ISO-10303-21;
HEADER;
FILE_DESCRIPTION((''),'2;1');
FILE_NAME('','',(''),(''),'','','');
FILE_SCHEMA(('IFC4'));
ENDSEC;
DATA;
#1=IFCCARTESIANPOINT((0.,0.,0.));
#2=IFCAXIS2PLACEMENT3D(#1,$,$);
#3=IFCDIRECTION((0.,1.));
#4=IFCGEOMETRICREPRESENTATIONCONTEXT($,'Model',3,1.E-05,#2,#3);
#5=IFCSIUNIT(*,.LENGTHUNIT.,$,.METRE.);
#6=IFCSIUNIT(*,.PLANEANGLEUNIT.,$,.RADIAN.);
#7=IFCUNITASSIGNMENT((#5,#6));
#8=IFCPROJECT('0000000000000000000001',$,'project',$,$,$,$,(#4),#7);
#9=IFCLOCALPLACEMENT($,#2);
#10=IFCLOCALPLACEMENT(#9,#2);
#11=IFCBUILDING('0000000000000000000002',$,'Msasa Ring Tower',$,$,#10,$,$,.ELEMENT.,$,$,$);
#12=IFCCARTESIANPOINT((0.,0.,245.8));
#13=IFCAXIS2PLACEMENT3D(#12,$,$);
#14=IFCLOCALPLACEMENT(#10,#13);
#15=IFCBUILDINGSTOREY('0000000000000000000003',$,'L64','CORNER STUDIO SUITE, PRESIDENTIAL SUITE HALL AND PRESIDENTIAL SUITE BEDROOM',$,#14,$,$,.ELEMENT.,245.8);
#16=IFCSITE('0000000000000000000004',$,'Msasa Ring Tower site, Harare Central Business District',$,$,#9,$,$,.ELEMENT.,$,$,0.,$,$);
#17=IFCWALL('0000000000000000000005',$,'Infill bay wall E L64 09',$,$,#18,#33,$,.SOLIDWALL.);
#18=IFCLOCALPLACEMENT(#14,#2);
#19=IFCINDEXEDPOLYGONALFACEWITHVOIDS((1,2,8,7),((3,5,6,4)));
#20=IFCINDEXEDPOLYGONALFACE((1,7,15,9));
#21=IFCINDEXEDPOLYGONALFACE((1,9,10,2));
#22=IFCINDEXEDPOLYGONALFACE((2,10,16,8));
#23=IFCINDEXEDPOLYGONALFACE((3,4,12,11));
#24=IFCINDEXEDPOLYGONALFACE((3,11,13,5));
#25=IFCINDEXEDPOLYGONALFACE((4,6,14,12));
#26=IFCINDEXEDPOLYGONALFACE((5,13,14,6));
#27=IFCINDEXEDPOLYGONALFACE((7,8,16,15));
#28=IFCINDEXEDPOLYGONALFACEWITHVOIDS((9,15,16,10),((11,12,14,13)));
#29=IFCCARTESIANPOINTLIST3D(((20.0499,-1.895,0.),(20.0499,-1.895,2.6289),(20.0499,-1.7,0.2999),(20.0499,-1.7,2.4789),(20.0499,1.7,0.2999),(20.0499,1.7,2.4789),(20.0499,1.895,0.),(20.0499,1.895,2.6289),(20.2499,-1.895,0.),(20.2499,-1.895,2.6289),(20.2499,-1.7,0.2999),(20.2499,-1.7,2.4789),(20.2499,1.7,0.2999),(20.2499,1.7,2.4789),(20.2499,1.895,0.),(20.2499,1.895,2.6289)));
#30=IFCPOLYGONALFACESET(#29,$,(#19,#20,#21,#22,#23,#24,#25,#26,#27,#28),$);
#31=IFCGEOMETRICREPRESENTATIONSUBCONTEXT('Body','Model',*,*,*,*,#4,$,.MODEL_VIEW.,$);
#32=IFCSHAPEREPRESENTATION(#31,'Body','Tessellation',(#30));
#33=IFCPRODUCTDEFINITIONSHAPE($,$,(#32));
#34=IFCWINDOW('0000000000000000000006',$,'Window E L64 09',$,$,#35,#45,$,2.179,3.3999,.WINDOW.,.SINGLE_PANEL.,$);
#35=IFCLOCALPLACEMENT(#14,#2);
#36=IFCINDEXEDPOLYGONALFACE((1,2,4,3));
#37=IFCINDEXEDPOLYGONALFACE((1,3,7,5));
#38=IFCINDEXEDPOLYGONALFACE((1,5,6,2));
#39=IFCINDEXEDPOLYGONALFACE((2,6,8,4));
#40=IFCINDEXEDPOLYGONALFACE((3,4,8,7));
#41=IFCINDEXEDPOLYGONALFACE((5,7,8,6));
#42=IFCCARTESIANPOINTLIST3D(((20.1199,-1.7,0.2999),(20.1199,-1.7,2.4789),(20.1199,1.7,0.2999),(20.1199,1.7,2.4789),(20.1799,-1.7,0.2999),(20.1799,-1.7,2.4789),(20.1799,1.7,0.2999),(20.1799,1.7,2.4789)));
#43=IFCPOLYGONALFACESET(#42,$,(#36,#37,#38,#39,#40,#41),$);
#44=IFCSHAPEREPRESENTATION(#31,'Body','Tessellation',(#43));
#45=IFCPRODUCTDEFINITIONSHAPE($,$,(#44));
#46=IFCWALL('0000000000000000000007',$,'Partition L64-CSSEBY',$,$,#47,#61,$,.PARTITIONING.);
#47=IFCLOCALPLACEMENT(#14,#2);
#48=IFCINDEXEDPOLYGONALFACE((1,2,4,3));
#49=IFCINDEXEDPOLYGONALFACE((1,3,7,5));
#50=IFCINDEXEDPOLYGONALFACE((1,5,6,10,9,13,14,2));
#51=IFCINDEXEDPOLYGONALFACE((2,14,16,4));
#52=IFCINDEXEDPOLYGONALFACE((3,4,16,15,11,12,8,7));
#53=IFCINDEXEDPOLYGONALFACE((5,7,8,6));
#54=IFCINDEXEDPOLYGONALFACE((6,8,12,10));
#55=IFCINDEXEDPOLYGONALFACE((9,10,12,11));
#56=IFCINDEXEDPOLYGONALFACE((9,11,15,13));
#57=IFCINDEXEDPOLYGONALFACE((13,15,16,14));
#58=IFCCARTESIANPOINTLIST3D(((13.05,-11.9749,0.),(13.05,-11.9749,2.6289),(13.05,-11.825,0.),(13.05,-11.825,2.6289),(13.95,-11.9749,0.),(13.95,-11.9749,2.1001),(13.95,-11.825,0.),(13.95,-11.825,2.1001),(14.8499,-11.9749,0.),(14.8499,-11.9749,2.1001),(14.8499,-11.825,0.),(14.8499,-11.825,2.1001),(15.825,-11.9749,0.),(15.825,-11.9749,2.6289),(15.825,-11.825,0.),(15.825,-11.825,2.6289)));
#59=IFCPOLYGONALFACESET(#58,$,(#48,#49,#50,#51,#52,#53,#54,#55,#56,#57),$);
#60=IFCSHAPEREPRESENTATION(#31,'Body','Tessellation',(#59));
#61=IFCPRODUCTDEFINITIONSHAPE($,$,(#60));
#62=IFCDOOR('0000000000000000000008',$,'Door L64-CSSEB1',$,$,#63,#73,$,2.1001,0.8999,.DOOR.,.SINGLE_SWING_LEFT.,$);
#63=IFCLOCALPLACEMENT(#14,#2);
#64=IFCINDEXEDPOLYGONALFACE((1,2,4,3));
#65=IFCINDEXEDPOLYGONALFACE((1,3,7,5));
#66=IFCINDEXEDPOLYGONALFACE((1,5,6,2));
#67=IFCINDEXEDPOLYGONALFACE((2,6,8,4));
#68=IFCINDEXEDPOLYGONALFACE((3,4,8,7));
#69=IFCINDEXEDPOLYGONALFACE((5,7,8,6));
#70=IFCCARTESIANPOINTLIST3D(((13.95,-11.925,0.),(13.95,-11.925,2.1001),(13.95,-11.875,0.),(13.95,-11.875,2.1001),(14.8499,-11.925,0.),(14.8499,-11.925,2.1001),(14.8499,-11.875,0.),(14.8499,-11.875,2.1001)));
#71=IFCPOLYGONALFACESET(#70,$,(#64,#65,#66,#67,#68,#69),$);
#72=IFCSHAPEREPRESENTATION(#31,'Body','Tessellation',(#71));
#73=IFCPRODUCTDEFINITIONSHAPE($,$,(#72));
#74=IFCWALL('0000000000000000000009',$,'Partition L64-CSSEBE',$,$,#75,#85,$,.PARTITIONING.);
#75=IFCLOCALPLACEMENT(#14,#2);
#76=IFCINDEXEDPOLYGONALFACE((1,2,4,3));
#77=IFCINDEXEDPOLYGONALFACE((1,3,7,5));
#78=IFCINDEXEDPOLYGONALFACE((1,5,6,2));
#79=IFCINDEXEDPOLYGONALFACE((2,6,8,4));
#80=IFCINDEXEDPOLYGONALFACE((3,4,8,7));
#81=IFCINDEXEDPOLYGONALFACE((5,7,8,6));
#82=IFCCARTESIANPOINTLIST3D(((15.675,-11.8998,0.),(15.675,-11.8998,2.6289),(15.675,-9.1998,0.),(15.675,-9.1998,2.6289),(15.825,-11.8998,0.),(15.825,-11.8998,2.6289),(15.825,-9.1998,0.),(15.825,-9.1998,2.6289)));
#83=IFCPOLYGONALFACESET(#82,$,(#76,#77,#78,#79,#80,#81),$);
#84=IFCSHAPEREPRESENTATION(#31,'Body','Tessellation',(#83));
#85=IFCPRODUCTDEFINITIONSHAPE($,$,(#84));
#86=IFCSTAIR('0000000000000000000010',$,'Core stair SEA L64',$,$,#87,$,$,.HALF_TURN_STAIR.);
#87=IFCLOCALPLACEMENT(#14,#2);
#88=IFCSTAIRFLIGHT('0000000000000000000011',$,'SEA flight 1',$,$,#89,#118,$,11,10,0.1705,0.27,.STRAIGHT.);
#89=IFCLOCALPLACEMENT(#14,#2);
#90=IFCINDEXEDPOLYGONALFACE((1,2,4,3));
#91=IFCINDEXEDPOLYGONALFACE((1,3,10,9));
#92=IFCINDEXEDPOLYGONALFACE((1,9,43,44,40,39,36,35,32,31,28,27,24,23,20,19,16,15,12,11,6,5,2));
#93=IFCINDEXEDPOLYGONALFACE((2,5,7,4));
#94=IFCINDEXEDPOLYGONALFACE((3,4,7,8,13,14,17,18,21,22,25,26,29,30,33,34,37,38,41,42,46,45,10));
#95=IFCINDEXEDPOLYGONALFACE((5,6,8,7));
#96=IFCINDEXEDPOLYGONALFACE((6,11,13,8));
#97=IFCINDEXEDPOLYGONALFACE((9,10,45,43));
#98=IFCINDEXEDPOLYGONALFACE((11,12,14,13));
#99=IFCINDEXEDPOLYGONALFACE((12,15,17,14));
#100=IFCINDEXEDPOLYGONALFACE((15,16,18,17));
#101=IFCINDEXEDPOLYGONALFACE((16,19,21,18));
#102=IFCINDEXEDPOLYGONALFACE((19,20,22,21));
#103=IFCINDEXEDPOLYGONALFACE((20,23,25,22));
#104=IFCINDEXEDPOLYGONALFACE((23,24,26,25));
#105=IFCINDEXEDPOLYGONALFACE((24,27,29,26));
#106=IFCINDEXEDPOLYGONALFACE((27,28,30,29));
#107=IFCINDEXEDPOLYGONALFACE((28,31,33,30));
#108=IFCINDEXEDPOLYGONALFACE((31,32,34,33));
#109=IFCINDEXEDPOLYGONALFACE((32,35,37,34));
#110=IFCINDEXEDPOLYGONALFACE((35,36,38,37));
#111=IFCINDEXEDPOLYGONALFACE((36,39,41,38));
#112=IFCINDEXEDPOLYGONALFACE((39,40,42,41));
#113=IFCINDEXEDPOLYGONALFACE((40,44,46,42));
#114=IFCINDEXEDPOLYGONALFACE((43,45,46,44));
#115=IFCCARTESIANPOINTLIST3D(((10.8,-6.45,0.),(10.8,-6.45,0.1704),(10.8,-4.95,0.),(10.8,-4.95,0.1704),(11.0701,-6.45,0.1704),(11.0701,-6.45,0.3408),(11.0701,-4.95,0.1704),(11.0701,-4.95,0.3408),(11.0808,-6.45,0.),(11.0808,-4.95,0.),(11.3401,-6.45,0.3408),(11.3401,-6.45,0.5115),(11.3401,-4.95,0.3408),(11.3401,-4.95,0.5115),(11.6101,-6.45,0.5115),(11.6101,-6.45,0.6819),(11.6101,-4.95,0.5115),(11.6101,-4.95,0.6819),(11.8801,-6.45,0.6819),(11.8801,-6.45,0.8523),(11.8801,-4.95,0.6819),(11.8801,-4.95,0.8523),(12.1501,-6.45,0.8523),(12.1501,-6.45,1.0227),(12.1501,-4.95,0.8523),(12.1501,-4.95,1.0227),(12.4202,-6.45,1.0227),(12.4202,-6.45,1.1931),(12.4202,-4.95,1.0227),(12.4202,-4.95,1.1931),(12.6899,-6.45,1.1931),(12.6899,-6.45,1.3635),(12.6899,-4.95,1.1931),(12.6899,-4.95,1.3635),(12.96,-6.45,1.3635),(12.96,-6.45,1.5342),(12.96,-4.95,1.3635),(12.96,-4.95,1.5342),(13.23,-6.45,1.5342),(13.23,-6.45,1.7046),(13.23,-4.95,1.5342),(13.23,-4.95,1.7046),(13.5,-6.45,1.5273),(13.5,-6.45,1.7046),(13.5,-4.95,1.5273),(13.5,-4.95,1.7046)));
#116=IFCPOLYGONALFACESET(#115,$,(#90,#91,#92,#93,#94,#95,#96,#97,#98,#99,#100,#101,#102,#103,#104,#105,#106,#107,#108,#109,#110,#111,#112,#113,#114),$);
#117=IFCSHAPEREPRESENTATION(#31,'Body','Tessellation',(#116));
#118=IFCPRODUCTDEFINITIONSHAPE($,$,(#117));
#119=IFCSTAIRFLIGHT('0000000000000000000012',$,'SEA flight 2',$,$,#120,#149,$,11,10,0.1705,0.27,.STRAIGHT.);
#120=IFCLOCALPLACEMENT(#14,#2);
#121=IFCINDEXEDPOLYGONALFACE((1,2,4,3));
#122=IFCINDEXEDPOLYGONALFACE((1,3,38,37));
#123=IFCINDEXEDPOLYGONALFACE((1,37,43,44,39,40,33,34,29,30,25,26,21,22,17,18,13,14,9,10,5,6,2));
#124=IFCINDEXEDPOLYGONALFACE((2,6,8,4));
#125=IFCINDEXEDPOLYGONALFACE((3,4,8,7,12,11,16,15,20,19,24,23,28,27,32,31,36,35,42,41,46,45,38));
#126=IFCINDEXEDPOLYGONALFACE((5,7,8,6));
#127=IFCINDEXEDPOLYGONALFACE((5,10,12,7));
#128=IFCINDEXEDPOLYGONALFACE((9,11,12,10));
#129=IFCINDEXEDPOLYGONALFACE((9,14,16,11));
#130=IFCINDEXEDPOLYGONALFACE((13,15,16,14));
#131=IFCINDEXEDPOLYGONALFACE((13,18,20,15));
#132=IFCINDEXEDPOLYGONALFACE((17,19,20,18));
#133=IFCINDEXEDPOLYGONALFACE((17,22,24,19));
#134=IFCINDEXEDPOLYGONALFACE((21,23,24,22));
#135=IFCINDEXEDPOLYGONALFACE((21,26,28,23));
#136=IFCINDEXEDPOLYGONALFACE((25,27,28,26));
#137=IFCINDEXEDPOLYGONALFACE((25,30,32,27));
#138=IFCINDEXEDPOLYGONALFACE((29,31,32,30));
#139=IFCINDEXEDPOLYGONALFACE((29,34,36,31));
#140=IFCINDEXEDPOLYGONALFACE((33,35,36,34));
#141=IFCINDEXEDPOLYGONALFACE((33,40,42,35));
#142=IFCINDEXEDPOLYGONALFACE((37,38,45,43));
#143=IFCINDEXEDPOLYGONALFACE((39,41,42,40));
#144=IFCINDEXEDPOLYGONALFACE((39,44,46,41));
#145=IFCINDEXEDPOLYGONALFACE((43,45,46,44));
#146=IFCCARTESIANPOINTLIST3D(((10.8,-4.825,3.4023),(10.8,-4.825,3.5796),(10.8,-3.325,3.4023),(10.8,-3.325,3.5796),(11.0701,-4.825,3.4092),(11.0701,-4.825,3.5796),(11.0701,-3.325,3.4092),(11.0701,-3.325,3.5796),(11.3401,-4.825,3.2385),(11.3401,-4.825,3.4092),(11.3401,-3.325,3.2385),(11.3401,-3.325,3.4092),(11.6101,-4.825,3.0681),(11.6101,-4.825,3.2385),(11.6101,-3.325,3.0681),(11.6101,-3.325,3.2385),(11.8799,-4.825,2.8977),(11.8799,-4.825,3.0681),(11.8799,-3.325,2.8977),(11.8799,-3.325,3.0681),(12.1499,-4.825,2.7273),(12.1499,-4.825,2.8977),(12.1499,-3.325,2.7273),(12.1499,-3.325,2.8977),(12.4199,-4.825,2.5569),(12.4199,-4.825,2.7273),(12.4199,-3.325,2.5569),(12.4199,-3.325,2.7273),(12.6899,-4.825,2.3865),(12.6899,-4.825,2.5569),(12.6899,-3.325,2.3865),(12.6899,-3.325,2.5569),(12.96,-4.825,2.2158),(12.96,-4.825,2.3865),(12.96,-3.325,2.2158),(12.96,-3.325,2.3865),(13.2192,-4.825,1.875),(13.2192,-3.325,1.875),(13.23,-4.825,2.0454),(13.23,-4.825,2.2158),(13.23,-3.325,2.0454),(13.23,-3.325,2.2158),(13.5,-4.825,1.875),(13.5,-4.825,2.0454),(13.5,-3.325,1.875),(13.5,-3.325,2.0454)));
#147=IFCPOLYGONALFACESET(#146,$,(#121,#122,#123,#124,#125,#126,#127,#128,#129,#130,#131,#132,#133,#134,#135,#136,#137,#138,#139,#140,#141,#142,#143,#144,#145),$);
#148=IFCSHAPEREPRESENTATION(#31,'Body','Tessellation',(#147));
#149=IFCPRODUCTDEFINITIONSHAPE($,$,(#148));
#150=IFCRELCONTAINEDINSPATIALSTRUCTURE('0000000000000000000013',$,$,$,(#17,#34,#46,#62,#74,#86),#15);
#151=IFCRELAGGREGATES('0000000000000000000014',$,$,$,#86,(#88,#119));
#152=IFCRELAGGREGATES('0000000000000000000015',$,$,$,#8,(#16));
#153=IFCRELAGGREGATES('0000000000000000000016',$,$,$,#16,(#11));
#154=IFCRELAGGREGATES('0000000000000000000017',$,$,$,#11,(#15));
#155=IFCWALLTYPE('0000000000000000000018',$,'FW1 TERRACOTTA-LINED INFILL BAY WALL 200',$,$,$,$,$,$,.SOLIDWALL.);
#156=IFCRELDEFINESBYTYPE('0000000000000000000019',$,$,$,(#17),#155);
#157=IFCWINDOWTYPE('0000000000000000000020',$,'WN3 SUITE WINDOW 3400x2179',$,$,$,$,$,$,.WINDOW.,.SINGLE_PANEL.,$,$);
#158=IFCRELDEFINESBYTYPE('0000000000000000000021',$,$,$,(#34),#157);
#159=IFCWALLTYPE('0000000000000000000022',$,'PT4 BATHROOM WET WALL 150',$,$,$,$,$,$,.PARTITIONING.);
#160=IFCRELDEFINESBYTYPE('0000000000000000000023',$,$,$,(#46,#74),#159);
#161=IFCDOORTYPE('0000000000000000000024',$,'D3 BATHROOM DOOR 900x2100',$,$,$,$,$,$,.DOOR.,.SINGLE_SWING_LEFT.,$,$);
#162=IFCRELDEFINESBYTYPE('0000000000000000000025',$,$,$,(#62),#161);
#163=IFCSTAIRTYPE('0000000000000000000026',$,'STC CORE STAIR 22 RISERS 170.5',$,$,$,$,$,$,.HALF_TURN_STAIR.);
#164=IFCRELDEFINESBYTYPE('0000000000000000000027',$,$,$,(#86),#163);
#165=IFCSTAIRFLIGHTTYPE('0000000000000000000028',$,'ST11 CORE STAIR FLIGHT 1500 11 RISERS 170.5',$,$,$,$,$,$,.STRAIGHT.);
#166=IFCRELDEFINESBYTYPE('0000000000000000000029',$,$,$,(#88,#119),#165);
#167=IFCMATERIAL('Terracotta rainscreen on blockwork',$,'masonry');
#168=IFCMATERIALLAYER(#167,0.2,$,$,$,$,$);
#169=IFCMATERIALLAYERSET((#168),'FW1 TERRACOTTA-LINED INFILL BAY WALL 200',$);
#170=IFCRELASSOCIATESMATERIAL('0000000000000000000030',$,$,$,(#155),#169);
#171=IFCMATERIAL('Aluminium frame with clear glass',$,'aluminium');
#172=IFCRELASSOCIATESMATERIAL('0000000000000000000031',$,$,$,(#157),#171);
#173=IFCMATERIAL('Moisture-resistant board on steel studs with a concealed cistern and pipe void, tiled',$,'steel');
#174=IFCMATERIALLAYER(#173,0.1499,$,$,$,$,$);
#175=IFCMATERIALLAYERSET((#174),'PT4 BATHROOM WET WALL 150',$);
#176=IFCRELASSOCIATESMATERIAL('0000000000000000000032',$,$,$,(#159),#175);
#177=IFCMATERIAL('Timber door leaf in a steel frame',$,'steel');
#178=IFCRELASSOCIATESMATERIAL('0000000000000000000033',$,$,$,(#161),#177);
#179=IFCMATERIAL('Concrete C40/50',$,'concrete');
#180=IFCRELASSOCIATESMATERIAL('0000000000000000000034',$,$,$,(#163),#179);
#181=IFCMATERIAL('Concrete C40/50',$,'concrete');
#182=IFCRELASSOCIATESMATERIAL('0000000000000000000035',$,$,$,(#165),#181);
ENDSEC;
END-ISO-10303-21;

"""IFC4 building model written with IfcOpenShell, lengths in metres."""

from ifc_helpers import new_model, si_unit, direction, frame, frame_2d, origin, place, context, subcontext, project, spatial, polyline, rectangle, outline, extrude, material, layer, layer_set, type_object, element, fill, aggregate, save


model = new_model("IFC4")

# Units and contexts
model_context = context("Model", 3, precision=1e-05, world=origin(), true_north=direction((0.0, 1.0)))
body_context = subcontext(model_context, "Body", "Model", "MODEL_VIEW")
ifc_project = project(units=[si_unit("LENGTHUNIT", "METRE"), si_unit("PLANEANGLEUNIT", "RADIAN")], contexts=[model_context])

# Site, building, storey
site_placement = place(None, origin())
site = spatial("IfcSite", under=ifc_project, at=site_placement, Name="Msasa Ring Tower site, Harare Central Business District", CompositionType="ELEMENT", RefElevation=0.0)
building_placement = place(site_placement, origin())
building = spatial("IfcBuilding", under=site, at=building_placement, Name="Msasa Ring Tower", CompositionType="ELEMENT")
storey_placement = place(building_placement, frame((0.0, 0.0, 245.8)))
storey = spatial("IfcBuildingStorey", under=building, at=storey_placement, Name="L64", Description="CORNER STUDIO SUITE, PRESIDENTIAL SUITE HALL AND PRESIDENTIAL SUITE BEDROOM", CompositionType="ELEMENT", Elevation=245.8)

# Wall, opening, window
ifc_material_1 = material(Name="Terracotta rainscreen on blockwork", Category="masonry")
ifc_layer_1 = layer(ifc_material_1, 0.2)
ifc_layer_set_1 = layer_set([ifc_layer_1], Name="FW1 TERRACOTTA-LINED INFILL BAY WALL 200")
wall_type_1 = type_object("IfcWallType", Name="FW1 TERRACOTTA-LINED INFILL BAY WALL 200", PredefinedType="SOLIDWALL", material=ifc_layer_set_1)
ifc_material_2 = material(Name="Aluminium frame with clear glass", Category="aluminium")
window_type = type_object("IfcWindowType", Name="WN3 SUITE WINDOW 3400x2179", PartitioningType="SINGLE_PANEL", PredefinedType="WINDOW", material=ifc_material_2)
wall_1_placement = place(storey_placement, frame((20.1499, -1.895, 0.0), z_axis=(0.0, 0.0, 1.0), x_axis=(0.0, 1.0, 0.0)))
wall_1 = element("IfcWall", 1, at=wall_1_placement, inside=storey, type_object=wall_type_1, Name="Infill bay wall E L64 09", PredefinedType="SOLIDWALL", context=body_context, shape_type="SweptSolid", body=[
    extrude(rectangle(XDim=3.79, YDim=0.2, at=frame_2d((1.895, 0.0))), origin(), (0.0, 0.0, 1.0), 2.6289),
])
opening_1_placement = place(wall_1_placement, frame((0.1951, 0.0, 0.3)))
opening_1 = element("IfcOpeningElement", 2, at=opening_1_placement, cuts=wall_1, PredefinedType="OPENING", context=body_context, shape_type="SweptSolid", body=[
    extrude(rectangle(XDim=3.3999, YDim=2.179, at=frame_2d((1.7, 1.0894))), frame((0.0, 0.1099, 0.0), z_axis=(0.0, -1.0, 0.0), x_axis=(1.0, 0.0, 0.0)), (0.0, 0.0, 1.0), 0.22),
])
window_1_placement = place(opening_1_placement, origin())
window_1 = element("IfcWindow", 3, at=window_1_placement, inside=storey, type_object=window_type, Name="Window E L64 09", OverallHeight=2.179, OverallWidth=3.3999, PartitioningType="SINGLE_PANEL", PredefinedType="WINDOW", context=body_context, shape_type="SweptSolid", body=[
    extrude(rectangle(XDim=3.3999, YDim=2.179, at=frame_2d((1.7, 1.0894))), frame((0.0, 0.03, 0.0), z_axis=(0.0, -1.0, 0.0), x_axis=(1.0, 0.0, 0.0)), (0.0, 0.0, 1.0), 0.0601),
])
fill(opening_1, window_1)

# Wall, opening, door
ifc_material_3 = material(Name="Moisture-resistant board on steel studs with a concealed cistern and pipe void, tiled", Category="steel")
ifc_layer_2 = layer(ifc_material_3, 0.1499)
ifc_layer_set_2 = layer_set([ifc_layer_2], Name="PT4 BATHROOM WET WALL 150")
wall_type_2 = type_object("IfcWallType", Name="PT4 BATHROOM WET WALL 150", PredefinedType="PARTITIONING", material=ifc_layer_set_2)
wall_2_placement = place(storey_placement, frame((13.05, -11.8999, 0.0), z_axis=(0.0, 0.0, 1.0), x_axis=(1.0, 0.0, 0.0)))
wall_2 = element("IfcWall", 4, at=wall_2_placement, inside=storey, type_object=wall_type_2, Name="Partition L64-CSSEBY", PredefinedType="PARTITIONING", context=body_context, shape_type="SweptSolid", body=[
    extrude(rectangle(XDim=2.7749, YDim=0.1499, at=frame_2d((1.3875, 0.0))), origin(), (0.0, 0.0, 1.0), 2.6289),
])
opening_2_placement = place(wall_2_placement, frame((0.8999, 0.0, 0.0)))
opening_2 = element("IfcOpeningElement", 5, at=opening_2_placement, cuts=wall_2, PredefinedType="OPENING", context=body_context, shape_type="SweptSolid", body=[
    extrude(rectangle(XDim=0.8999, YDim=2.1001, at=frame_2d((0.45, 1.05))), frame((0.0, 0.085, 0.0), z_axis=(0.0, -1.0, 0.0), x_axis=(1.0, 0.0, 0.0)), (0.0, 0.0, 1.0), 0.1699),
])
ifc_material_4 = material(Name="Timber door leaf in a steel frame", Category="steel")
door_type_1 = type_object("IfcDoorType", Name="D3 BATHROOM DOOR 900x2100", OperationType="SINGLE_SWING_LEFT", PredefinedType="DOOR", material=ifc_material_4)
door_1_placement = place(opening_2_placement, origin())
door_1 = element("IfcDoor", 6, at=door_1_placement, inside=storey, type_object=door_type_1, Name="Door L64-CSSEB1", OperationType="SINGLE_SWING_LEFT", OverallHeight=2.1001, OverallWidth=0.8999, PredefinedType="DOOR", context=body_context, shape_type="SweptSolid", body=[
    extrude(rectangle(XDim=0.8999, YDim=2.1001, at=frame_2d((0.45, 1.05))), frame((0.0, 0.0249, 0.0), z_axis=(0.0, -1.0, 0.0), x_axis=(1.0, 0.0, 0.0)), (0.0, 0.0, 1.0), 0.05),
])
fill(opening_2, door_1)

# Wall
wall_3_placement = place(storey_placement, frame((15.75, -11.8999, 0.0), z_axis=(0.0, 0.0, 1.0), x_axis=(0.0, 1.0, 0.0)))
element("IfcWall", 7, at=wall_3_placement, inside=storey, type_object=wall_type_2, Name="Partition L64-CSSEBE", PredefinedType="PARTITIONING", context=body_context, shape_type="SweptSolid", body=[
    extrude(rectangle(XDim=2.7, YDim=0.1499, at=frame_2d((1.3501, 0.0))), origin(), (0.0, 0.0, 1.0), 2.6289),
])

# Stair, stair flights
ifc_material_5 = material(Name="Concrete C40/50", Category="concrete")
stair_type = type_object("IfcStairType", Name="STC CORE STAIR 22 RISERS 170.5", PredefinedType="HALF_TURN_STAIR", material=ifc_material_5)
stair_placement = place(storey_placement, origin())
stair = element("IfcStair", 8, at=stair_placement, inside=storey, type_object=stair_type, Name="Core stair SEA L64", PredefinedType="HALF_TURN_STAIR")
ifc_material_6 = material(Name="Concrete C40/50", Category="concrete")
stair_flight_type = type_object("IfcStairFlightType", Name="ST11 CORE STAIR FLIGHT 1500 11 RISERS 170.5", PredefinedType="STRAIGHT", material=ifc_material_6)
stair_flight_1_placement = place(storey_placement, frame((10.8, -5.7, 0.0), z_axis=(0.0, 0.0, 1.0), x_axis=(1.0, 0.0, 0.0)))
stair_flight_1 = element("IfcStairFlight", 9, at=stair_flight_1_placement, type_object=stair_flight_type, Name="SEA flight 1", NumberOfRisers=11, NumberOfTreads=10, PredefinedType="STRAIGHT", RiserHeight=0.1705, TreadLength=0.27, context=body_context, shape_type="SweptSolid", body=[
    extrude(outline(polyline([(0.0, 0.0), (0.0, 0.1704), (0.27, 0.1704), (0.27, 0.3408), (0.54, 0.3408), (0.54, 0.5115), (0.8101, 0.5115), (0.8101, 0.6819), (1.0801, 0.6819), (1.0801, 0.8523), (1.3501, 0.8523), (1.3501, 1.0227), (1.6201, 1.0227), (1.6201, 1.1931), (1.8899, 1.1931), (1.8899, 1.3635), (2.1599, 1.3635), (2.1599, 1.5342), (2.4299, 1.5342), (2.4299, 1.7046), (2.7, 1.7046), (2.7, 1.875), (2.7, 1.5273), (0.2808, 0.0), (0.0, 0.0)])), frame((0.0, 0.75, 0.0), z_axis=(0.0, -1.0, 0.0), x_axis=(1.0, 0.0, 0.0)), (0.0, 0.0, 1.0), 1.5),
])
stair_flight_2_placement = place(storey_placement, frame((13.5, -4.075, 1.875), z_axis=(0.0, 0.0, 1.0), x_axis=(-1.0, 0.0, 0.0)))
stair_flight_2 = element("IfcStairFlight", 10, at=stair_flight_2_placement, type_object=stair_flight_type, Name="SEA flight 2", NumberOfRisers=11, NumberOfTreads=10, PredefinedType="STRAIGHT", RiserHeight=0.1705, TreadLength=0.27, context=body_context, shape_type="SweptSolid", body=[
    extrude(outline(polyline([(0.0, 0.0), (0.0, 0.1704), (0.27, 0.1704), (0.27, 0.3408), (0.54, 0.3408), (0.54, 0.5115), (0.8101, 0.5115), (0.8101, 0.6819), (1.0801, 0.6819), (1.0801, 0.8523), (1.3501, 0.8523), (1.3501, 1.0227), (1.6201, 1.0227), (1.6201, 1.1931), (1.8899, 1.1931), (1.8899, 1.3635), (2.1599, 1.3635), (2.1599, 1.5342), (2.4299, 1.5342), (2.4299, 1.7046), (2.7, 1.7046), (2.7, 1.875), (2.7, 1.5273), (0.2808, 0.0), (0.0, 0.0)])), frame((0.0, 0.75, 0.0), z_axis=(0.0, -1.0, 0.0), x_axis=(1.0, 0.0, 0.0)), (0.0, 0.0, 1.0), 1.5),
])
aggregate(stair, [stair_flight_1, stair_flight_2])

save(model, "model.ifc")
